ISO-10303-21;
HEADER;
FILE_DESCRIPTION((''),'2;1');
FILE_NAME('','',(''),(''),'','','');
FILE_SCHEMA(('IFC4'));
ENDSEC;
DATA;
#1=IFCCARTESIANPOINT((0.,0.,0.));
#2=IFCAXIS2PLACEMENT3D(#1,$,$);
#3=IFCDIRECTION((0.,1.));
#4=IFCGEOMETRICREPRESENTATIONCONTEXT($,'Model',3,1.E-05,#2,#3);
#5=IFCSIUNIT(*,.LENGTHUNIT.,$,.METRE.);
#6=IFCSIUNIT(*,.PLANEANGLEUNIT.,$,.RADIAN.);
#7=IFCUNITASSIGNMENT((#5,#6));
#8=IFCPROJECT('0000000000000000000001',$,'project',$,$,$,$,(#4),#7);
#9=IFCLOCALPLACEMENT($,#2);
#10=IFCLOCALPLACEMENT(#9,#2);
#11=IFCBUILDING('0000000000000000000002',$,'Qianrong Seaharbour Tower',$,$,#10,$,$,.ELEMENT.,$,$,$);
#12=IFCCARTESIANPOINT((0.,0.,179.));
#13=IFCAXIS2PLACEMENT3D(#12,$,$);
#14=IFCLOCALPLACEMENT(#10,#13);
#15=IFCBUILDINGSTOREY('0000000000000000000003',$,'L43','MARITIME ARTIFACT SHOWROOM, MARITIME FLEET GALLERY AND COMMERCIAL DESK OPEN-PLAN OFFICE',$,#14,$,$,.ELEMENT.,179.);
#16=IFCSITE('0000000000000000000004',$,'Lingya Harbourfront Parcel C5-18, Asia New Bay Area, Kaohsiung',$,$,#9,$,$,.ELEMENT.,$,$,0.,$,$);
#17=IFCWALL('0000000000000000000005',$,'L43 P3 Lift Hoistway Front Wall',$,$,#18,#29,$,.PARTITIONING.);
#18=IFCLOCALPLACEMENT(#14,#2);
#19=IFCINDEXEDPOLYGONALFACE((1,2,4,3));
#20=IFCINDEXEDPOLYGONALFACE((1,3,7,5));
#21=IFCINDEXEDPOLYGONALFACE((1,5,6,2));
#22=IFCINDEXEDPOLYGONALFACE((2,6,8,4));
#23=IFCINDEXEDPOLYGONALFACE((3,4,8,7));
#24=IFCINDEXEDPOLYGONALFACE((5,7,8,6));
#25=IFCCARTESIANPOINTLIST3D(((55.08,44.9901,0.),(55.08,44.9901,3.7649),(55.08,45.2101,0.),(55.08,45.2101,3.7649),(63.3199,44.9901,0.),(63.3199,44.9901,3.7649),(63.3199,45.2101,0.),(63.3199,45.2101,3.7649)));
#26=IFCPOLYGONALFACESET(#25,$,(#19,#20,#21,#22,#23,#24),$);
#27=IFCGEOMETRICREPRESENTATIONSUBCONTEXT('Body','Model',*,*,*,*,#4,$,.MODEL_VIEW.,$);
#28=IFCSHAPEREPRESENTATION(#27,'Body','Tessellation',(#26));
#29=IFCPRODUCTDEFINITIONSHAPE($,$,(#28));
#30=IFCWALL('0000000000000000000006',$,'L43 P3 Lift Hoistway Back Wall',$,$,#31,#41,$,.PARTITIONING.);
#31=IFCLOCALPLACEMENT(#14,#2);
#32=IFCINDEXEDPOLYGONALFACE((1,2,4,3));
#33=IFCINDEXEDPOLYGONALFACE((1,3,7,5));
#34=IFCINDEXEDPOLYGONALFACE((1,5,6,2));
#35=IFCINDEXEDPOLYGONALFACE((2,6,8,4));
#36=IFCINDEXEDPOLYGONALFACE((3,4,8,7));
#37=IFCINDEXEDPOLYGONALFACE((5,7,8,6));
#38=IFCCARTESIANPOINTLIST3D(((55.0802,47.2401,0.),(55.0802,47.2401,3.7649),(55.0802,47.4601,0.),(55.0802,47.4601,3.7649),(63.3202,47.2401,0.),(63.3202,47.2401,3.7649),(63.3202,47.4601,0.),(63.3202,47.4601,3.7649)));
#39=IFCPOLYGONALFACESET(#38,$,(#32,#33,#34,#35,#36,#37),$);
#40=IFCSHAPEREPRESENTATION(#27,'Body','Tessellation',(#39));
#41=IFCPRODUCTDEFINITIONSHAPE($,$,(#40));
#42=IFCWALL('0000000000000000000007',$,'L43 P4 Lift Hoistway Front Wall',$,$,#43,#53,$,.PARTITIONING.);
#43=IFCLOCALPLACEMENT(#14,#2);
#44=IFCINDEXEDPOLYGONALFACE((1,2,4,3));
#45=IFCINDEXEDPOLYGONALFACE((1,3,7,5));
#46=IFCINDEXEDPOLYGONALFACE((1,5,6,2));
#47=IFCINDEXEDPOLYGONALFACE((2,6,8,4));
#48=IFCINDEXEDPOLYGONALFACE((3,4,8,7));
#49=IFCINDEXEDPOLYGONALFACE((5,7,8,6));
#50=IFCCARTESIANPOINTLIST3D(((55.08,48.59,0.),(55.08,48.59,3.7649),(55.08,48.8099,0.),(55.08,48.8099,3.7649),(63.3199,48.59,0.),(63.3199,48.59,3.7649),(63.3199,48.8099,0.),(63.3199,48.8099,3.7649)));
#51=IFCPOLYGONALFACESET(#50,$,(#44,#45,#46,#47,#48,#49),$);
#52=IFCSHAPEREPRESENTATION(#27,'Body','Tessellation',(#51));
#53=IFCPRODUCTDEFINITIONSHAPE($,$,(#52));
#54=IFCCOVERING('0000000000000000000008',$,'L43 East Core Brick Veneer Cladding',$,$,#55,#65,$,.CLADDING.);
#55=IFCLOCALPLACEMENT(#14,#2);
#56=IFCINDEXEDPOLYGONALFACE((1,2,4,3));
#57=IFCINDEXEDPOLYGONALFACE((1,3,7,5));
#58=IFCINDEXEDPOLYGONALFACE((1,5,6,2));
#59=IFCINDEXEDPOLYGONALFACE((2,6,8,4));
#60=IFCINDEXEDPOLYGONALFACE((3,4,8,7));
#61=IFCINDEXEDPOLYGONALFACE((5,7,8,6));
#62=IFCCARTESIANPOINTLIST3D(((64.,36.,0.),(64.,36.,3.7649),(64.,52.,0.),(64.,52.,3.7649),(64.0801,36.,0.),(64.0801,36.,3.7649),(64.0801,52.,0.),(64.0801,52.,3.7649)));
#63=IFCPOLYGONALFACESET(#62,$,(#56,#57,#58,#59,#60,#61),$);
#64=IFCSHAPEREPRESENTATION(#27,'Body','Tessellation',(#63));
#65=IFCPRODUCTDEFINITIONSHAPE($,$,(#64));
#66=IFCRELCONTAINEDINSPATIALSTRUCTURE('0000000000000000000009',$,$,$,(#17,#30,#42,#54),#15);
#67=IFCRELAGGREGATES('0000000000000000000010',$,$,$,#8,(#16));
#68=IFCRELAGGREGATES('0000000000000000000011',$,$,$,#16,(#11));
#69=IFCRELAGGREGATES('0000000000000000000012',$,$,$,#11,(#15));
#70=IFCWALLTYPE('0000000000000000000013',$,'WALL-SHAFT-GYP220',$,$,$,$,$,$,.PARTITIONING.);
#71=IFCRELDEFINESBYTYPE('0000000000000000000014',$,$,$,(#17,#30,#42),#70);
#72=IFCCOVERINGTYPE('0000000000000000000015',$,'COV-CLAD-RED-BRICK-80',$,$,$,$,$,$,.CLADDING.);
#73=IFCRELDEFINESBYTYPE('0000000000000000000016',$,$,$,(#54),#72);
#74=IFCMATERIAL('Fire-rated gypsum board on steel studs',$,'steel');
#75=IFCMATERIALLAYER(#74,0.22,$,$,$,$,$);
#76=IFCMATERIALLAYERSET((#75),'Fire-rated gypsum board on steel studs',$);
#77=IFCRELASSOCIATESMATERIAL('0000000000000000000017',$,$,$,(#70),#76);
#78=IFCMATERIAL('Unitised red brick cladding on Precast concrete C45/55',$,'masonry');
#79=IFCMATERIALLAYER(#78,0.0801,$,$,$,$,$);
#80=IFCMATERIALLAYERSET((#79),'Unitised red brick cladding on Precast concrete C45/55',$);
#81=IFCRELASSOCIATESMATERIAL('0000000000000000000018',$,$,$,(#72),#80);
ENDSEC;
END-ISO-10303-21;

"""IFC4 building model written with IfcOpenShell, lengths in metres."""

from ifc_helpers import new_model, si_unit, direction, frame, frame_2d, origin, origin_2d, place, context, subcontext, project, spatial, rectangle, extrude, material, layer, layer_set, type_object, element, save


model = new_model("IFC4")

# Units and contexts
model_context = context("Model", 3, precision=1e-05, world=origin(), true_north=direction((0.0, 1.0)))
body_context = subcontext(model_context, "Body", "Model", "MODEL_VIEW")
ifc_project = project(units=[si_unit("LENGTHUNIT", "METRE"), si_unit("PLANEANGLEUNIT", "RADIAN")], contexts=[model_context])

# Site, building, storey
site_placement = place(None, origin())
site = spatial("IfcSite", under=ifc_project, at=site_placement, Name="Lingya Harbourfront Parcel C5-18, Asia New Bay Area, Kaohsiung", CompositionType="ELEMENT", RefElevation=0.0)
building_placement = place(site_placement, origin())
building = spatial("IfcBuilding", under=site, at=building_placement, Name="Qianrong Seaharbour Tower", CompositionType="ELEMENT")
storey_placement = place(building_placement, frame((0.0, 0.0, 179.0)))
storey = spatial("IfcBuildingStorey", under=building, at=storey_placement, Name="L43", Description="MARITIME ARTIFACT SHOWROOM, MARITIME FLEET GALLERY AND COMMERCIAL DESK OPEN-PLAN OFFICE", CompositionType="ELEMENT", Elevation=179.0)

# Walls
ifc_material_1 = material(Name="Fire-rated gypsum board on steel studs", Category="steel")
ifc_layer_1 = layer(ifc_material_1, 0.22)
ifc_layer_set_1 = layer_set([ifc_layer_1], Name="Fire-rated gypsum board on steel studs")
wall_type_1 = type_object("IfcWallType", Name="WALL-SHAFT-GYP220", PredefinedType="PARTITIONING", material=ifc_layer_set_1)
for number, where, z_axis, x_axis, name in (
    (1, (63.3201, 45.1001, 0.0), (0.0, 0.0, 1.0), (-1.0, 0.0, 0.0), "L43 P3 Lift Hoistway Front Wall"),
    (2, (55.0801, 47.3501, 0.0), (0.0, 0.0, 1.0), (1.0, 0.0, 0.0), "L43 P3 Lift Hoistway Back Wall"),
    (3, (63.3201, 48.7, 0.0), (0.0, 0.0, 1.0), (-1.0, 0.0, 0.0), "L43 P4 Lift Hoistway Front Wall"),
):
    element("IfcWall", number, at=place(storey_placement, frame(where, z_axis=z_axis, x_axis=x_axis)), inside=storey, type_object=wall_type_1, Name=name, PredefinedType="PARTITIONING", context=body_context, shape_type="SweptSolid", body=[
        extrude(rectangle(XDim=8.24, YDim=0.22, at=frame_2d((4.1201, 0.0))), origin(), (0.0, 0.0, 1.0), 3.7649),
    ])

# Covering
ifc_material_2 = material(Name="Unitised red brick cladding on Precast concrete C45/55", Category="masonry")
ifc_layer_2 = layer(ifc_material_2, 0.0801)
ifc_layer_set_2 = layer_set([ifc_layer_2], Name="Unitised red brick cladding on Precast concrete C45/55")
covering_type = type_object("IfcCoveringType", Name="COV-CLAD-RED-BRICK-80", PredefinedType="CLADDING", material=ifc_layer_set_2)
covering_placement = place(storey_placement, frame((64.04, 44.0, 0.0), z_axis=(0.0, 0.0, 1.0), x_axis=(1.0, 0.0, 0.0)))
element("IfcCovering", 4, at=covering_placement, inside=storey, type_object=covering_type, Name="L43 East Core Brick Veneer Cladding", PredefinedType="CLADDING", context=body_context, shape_type="SweptSolid", body=[
    extrude(rectangle(XDim=0.0801, YDim=16.0, at=origin_2d()), origin(), (0.0, 0.0, 1.0), 3.7649),
])

save(model, "model.ifc")
